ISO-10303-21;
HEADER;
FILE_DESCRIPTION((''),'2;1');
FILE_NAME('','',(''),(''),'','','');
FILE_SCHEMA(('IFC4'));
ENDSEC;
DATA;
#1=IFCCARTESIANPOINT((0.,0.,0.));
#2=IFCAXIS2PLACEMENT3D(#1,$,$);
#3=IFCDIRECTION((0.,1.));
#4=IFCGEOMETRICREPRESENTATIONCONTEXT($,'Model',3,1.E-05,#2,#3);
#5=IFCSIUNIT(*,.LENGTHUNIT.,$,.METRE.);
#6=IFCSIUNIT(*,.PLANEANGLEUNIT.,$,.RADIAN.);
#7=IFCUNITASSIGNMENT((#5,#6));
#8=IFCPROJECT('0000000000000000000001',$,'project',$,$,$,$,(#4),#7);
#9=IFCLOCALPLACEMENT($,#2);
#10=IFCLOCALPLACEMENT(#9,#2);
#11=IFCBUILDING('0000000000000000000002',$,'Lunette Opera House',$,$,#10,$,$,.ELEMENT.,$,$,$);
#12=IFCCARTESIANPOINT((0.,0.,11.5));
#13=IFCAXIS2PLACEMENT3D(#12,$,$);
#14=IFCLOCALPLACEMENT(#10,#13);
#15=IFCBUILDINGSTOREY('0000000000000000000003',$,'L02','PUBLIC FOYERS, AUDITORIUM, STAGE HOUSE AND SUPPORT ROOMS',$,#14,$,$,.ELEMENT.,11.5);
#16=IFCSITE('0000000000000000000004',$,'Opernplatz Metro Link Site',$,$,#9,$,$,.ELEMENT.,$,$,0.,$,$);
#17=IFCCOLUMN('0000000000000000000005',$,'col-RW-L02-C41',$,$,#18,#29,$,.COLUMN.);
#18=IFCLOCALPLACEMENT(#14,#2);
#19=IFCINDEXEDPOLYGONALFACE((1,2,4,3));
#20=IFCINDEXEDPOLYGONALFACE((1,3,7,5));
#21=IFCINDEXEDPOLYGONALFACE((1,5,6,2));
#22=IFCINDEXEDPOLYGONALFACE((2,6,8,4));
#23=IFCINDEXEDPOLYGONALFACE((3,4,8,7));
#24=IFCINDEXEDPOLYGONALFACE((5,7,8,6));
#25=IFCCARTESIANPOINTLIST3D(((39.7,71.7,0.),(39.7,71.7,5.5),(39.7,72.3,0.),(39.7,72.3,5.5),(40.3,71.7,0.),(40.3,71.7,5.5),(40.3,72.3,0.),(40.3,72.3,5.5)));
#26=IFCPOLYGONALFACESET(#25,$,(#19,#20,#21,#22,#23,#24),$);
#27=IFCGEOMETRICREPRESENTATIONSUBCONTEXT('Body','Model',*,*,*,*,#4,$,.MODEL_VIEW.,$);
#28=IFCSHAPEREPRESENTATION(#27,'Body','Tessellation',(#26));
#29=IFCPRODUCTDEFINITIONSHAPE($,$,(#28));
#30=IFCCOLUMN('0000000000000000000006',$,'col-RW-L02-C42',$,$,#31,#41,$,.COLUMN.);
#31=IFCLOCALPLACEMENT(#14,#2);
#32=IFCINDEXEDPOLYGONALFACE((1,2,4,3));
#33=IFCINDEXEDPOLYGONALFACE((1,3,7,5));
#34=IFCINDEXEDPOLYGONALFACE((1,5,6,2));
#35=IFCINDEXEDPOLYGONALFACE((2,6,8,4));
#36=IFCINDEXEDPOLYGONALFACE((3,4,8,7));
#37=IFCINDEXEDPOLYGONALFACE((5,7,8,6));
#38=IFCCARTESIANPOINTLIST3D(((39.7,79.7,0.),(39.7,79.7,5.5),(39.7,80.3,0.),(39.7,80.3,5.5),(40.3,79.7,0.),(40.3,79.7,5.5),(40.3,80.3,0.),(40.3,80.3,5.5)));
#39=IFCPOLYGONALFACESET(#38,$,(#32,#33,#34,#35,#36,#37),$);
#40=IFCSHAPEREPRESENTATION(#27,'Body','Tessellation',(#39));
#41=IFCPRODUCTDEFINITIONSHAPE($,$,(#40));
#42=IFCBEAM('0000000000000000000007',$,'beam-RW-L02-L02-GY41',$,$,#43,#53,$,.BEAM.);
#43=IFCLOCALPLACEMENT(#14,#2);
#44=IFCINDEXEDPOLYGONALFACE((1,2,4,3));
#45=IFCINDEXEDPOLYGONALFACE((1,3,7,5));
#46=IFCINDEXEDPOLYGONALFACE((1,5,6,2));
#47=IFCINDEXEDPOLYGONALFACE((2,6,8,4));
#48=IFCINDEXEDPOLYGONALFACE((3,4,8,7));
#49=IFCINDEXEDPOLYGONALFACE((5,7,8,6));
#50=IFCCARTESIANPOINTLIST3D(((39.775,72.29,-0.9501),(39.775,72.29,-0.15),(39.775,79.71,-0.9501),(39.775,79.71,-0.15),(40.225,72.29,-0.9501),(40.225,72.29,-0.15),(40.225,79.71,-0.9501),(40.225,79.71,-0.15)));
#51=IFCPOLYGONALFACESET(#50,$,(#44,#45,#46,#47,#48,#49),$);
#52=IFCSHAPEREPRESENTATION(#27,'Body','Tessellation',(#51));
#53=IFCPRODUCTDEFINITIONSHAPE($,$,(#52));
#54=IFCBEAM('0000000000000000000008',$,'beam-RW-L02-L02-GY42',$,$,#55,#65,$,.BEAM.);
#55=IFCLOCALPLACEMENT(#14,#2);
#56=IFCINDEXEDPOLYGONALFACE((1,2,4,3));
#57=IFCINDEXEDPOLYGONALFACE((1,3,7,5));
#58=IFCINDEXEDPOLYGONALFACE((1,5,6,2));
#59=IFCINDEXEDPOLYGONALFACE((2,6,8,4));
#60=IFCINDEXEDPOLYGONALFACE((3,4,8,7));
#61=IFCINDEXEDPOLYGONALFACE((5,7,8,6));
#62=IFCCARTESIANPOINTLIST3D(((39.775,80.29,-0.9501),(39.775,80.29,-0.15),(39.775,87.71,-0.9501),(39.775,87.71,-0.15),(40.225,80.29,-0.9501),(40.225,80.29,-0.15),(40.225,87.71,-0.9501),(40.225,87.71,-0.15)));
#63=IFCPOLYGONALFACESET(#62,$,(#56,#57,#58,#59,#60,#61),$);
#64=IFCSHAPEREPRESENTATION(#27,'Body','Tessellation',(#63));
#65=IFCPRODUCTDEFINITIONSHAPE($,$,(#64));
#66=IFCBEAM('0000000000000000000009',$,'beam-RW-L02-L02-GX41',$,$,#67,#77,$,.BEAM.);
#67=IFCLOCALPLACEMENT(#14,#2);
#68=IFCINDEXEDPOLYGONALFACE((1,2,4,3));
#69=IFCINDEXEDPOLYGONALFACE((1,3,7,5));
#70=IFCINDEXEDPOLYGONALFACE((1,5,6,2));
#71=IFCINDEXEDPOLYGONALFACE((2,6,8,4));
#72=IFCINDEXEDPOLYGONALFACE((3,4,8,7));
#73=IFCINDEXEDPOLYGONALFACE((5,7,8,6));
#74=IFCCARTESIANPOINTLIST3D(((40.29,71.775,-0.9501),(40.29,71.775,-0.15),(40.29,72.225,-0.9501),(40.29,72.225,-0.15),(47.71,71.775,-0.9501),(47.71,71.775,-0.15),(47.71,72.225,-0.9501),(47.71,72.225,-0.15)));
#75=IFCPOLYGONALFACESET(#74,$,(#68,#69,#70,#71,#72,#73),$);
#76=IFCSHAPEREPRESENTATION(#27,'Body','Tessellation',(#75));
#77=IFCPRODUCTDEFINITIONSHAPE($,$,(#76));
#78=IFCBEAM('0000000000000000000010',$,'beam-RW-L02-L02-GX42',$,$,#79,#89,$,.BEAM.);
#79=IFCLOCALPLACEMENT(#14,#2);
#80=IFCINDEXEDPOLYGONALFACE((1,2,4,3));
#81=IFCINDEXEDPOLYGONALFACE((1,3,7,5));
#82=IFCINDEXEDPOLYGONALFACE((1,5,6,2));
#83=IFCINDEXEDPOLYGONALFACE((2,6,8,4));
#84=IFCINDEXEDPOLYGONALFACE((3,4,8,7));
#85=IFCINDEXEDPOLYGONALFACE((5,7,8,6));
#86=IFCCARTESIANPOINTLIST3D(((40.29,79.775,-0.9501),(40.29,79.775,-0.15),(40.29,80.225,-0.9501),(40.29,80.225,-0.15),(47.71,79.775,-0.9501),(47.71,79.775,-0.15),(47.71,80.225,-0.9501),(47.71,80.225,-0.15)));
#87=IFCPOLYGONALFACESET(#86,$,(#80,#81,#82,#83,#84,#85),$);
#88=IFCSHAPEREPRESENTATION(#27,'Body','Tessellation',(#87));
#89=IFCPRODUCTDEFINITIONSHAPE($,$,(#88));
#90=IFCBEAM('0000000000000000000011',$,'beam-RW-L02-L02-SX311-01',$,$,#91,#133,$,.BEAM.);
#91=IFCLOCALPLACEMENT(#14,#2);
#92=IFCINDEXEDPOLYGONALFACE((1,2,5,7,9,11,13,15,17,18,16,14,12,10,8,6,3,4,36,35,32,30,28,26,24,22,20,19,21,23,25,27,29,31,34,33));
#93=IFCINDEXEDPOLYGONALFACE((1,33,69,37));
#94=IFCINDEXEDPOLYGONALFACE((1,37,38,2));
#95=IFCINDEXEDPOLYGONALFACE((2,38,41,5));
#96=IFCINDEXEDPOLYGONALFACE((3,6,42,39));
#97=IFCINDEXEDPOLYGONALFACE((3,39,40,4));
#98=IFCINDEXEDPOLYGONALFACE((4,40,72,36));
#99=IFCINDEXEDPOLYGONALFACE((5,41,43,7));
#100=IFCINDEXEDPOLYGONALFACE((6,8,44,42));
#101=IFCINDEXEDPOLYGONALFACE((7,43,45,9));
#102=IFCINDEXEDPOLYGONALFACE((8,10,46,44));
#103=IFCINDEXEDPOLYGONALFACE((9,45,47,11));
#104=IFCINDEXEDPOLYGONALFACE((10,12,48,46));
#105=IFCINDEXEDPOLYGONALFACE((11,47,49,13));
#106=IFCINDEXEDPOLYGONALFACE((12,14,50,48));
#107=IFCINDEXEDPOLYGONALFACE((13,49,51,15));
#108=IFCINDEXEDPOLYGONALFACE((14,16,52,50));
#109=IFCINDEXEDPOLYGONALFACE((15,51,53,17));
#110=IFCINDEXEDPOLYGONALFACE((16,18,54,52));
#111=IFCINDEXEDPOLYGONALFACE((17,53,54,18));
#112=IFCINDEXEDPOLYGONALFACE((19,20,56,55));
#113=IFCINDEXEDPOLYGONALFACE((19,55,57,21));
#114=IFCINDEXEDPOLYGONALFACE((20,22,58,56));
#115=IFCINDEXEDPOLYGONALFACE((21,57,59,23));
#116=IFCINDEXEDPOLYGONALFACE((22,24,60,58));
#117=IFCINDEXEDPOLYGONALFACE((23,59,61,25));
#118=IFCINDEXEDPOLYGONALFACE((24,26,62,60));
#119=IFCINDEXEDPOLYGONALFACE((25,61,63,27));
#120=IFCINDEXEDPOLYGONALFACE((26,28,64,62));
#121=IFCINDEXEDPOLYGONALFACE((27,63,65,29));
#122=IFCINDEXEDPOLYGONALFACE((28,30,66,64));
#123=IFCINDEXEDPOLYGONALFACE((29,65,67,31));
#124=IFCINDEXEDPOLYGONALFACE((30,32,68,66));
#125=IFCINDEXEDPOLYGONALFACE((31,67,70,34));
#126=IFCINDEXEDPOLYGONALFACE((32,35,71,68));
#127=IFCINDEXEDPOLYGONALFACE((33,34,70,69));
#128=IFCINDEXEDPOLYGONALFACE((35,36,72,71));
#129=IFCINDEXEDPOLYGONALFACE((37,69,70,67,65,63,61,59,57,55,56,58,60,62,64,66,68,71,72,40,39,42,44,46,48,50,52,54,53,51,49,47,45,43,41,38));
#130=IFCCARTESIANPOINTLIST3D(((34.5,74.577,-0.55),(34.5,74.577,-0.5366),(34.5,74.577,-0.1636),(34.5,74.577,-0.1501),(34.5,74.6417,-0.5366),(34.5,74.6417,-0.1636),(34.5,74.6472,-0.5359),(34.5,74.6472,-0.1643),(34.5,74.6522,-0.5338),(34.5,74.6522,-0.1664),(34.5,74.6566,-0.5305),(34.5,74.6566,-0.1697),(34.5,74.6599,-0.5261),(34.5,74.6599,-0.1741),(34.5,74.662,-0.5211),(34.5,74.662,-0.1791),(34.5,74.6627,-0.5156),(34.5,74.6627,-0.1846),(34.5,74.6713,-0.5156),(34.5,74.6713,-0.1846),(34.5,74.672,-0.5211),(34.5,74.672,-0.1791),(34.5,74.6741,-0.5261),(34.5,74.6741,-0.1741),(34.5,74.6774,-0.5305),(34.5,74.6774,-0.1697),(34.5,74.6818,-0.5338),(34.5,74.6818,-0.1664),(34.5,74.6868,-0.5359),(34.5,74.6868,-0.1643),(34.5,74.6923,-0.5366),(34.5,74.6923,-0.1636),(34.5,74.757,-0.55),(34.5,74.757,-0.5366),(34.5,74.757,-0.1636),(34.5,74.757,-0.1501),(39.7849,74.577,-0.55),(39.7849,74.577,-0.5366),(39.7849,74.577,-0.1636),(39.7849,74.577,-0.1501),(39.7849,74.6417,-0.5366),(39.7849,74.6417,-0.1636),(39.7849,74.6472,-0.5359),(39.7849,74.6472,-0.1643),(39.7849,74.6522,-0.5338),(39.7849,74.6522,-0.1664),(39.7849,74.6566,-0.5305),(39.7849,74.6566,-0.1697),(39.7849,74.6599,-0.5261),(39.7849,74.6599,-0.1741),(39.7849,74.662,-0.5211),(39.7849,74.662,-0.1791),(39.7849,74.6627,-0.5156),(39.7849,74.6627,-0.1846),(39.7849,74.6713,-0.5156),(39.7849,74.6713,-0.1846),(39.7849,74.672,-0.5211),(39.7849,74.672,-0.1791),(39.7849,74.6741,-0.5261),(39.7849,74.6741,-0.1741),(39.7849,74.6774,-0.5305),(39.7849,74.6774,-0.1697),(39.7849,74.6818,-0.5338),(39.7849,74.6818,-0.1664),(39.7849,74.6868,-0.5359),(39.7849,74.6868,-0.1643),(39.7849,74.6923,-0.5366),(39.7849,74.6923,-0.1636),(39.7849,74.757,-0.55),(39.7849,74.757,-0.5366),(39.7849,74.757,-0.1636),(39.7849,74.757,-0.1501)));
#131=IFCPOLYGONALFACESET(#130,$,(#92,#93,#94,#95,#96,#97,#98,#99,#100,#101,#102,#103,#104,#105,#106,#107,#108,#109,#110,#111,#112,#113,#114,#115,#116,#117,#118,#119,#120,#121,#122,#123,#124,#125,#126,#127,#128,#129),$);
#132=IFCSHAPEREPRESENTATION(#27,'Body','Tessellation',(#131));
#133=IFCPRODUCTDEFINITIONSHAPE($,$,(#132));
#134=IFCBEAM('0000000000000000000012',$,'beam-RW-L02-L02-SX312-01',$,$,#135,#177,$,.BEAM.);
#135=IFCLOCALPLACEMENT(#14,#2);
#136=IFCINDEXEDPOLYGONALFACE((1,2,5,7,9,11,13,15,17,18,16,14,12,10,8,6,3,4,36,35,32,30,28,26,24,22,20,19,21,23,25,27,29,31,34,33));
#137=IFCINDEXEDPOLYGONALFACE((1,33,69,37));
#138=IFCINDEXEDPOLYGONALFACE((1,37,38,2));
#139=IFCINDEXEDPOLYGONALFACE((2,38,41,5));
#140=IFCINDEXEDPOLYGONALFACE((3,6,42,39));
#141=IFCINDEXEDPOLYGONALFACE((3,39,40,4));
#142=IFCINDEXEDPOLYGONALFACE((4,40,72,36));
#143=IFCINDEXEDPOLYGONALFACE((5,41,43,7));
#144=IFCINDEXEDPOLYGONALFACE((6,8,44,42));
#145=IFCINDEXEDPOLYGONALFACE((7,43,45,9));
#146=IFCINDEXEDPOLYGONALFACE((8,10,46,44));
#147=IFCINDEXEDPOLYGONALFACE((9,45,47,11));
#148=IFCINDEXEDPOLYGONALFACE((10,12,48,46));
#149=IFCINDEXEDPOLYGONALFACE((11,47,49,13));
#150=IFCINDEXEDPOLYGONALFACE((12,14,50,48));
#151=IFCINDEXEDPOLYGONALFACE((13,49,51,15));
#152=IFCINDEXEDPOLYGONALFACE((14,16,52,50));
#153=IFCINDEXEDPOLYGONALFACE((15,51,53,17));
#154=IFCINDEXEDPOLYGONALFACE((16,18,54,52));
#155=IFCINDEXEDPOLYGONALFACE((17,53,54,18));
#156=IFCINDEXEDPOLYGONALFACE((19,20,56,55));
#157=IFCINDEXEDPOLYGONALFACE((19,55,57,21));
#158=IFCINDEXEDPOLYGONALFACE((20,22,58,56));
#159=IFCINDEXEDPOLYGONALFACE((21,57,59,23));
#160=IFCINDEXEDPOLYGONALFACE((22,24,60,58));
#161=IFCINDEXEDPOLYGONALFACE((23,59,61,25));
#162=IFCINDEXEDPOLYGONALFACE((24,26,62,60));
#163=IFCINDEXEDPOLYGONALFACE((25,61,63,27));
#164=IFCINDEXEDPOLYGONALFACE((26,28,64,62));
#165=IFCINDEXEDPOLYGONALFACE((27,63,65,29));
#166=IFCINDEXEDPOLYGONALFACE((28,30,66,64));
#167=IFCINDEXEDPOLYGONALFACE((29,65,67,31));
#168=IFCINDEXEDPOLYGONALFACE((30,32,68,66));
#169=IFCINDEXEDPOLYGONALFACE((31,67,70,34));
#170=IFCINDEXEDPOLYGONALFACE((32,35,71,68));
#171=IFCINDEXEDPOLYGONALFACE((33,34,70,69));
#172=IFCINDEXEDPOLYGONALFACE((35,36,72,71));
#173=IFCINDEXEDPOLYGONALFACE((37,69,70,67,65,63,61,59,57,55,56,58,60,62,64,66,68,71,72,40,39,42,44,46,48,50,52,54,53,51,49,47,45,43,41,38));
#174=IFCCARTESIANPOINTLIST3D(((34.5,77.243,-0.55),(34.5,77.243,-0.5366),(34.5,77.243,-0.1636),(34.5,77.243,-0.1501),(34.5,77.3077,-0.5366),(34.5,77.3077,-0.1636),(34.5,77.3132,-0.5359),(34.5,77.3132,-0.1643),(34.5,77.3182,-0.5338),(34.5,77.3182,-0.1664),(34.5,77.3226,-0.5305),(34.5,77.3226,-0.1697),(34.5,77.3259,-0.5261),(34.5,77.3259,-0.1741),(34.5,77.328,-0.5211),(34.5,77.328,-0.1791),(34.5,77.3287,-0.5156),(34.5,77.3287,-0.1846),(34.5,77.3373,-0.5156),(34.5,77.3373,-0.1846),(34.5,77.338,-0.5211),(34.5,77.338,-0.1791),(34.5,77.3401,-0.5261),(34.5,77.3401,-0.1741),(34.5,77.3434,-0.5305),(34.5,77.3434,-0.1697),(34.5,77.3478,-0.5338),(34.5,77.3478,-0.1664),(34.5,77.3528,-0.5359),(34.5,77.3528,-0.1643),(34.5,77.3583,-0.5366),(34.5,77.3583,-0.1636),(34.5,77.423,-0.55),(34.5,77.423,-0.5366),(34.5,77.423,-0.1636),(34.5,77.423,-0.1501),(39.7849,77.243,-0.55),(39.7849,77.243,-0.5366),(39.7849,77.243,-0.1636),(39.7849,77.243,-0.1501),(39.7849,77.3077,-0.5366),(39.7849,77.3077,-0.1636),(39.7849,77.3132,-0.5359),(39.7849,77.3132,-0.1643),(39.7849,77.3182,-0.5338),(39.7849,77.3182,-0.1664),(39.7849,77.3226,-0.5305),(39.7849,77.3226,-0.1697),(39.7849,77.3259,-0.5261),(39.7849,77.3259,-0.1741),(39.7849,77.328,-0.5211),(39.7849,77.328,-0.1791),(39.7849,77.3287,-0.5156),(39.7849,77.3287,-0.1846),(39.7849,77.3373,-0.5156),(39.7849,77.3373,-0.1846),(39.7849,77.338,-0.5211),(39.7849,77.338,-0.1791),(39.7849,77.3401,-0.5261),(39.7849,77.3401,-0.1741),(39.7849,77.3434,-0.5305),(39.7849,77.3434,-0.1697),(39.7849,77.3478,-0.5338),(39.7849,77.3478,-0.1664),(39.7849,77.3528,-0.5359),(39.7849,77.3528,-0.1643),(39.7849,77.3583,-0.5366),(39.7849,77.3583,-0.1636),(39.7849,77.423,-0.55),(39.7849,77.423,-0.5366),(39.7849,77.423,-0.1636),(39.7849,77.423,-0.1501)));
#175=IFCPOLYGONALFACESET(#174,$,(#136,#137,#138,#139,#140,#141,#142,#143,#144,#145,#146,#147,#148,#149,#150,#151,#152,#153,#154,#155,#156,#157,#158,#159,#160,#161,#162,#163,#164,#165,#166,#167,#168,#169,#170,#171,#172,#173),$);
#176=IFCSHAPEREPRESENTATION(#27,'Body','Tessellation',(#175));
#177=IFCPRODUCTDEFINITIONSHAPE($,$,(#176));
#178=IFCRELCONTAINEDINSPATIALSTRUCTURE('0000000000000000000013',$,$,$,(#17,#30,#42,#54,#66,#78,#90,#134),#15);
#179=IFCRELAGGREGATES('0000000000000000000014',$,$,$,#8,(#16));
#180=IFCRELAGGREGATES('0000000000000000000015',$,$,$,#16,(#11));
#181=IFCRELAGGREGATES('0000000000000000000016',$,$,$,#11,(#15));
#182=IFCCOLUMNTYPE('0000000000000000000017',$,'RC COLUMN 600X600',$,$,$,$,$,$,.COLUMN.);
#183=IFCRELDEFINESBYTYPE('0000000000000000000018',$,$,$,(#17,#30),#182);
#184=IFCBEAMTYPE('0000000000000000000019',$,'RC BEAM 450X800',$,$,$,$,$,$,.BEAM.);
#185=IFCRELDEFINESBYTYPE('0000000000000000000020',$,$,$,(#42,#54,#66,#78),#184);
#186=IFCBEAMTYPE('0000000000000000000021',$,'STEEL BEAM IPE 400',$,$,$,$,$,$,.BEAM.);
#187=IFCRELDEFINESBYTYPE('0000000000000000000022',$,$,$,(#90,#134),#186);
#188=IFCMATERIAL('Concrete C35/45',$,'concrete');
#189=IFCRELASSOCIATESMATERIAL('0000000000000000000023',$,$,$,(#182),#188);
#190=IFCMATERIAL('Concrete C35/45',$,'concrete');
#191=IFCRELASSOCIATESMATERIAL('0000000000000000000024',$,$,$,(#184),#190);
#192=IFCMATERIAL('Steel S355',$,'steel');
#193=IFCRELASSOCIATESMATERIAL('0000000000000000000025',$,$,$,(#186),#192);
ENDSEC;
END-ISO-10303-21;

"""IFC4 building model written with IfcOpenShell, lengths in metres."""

from ifc_helpers import new_model, si_unit, direction, frame, origin, origin_2d, place, context, subcontext, project, spatial, rectangle, i_section, extrude, material, material_profile, profile_set, type_object, element, save


model = new_model("IFC4")

# Units and contexts
model_context = context("Model", 3, precision=1e-05, world=origin(), true_north=direction((0.0, 1.0)))
body_context = subcontext(model_context, "Body", "Model", "MODEL_VIEW")
ifc_project = project(units=[si_unit("LENGTHUNIT", "METRE"), si_unit("PLANEANGLEUNIT", "RADIAN")], contexts=[model_context])

# Site, building, storey
site_placement = place(None, origin())
site = spatial("IfcSite", under=ifc_project, at=site_placement, Name="Opernplatz Metro Link Site", CompositionType="ELEMENT", RefElevation=0.0)
building_placement = place(site_placement, origin())
building = spatial("IfcBuilding", under=site, at=building_placement, Name="Lunette Opera House", CompositionType="ELEMENT")
storey_placement = place(building_placement, frame((0.0, 0.0, 11.5)))
storey = spatial("IfcBuildingStorey", under=building, at=storey_placement, Name="L02", Description="PUBLIC FOYERS, AUDITORIUM, STAGE HOUSE AND SUPPORT ROOMS", CompositionType="ELEMENT", Elevation=11.5)

# Columns
ifc_material_1 = material(Name="Concrete C35/45", Category="concrete")
ifc_material_profile_1 = material_profile(ifc_material_1, rectangle(XDim=0.6001, YDim=0.6001, at=origin_2d()), Name="RC COLUMN 600X600")
ifc_profile_set_1 = profile_set([ifc_material_profile_1], Name="Concrete C35/45")
column_type = type_object("IfcColumnType", Name="RC COLUMN 600X600", PredefinedType="COLUMN", material=ifc_profile_set_1)
for number, where, z_axis, x_axis, name in (
    (1, (40.0, 72.0, 0.0), (0.0, 0.0, 1.0), (1.0, 0.0, 0.0), "col-RW-L02-C41"),
    (2, (40.0, 80.0, 0.0), (0.0, 0.0, 1.0), (1.0, 0.0, 0.0), "col-RW-L02-C42"),
):
    element("IfcColumn", number, at=place(storey_placement, frame(where, z_axis=z_axis, x_axis=x_axis)), inside=storey, type_object=column_type, Name=name, PredefinedType="COLUMN", context=body_context, shape_type="SweptSolid", body=[
        extrude(rectangle(XDim=0.6001, YDim=0.6001, at=origin_2d()), origin(), (0.0, 0.0, 1.0), 5.5),
    ])

# Beams
ifc_material_2 = material(Name="Concrete C35/45", Category="concrete")
ifc_material_profile_2 = material_profile(ifc_material_2, rectangle(XDim=0.45, YDim=0.8, at=origin_2d()), Name="RC BEAM 450X800")
ifc_profile_set_2 = profile_set([ifc_material_profile_2], Name="Concrete C35/45")
beam_type_1 = type_object("IfcBeamType", Name="RC BEAM 450X800", PredefinedType="BEAM", material=ifc_profile_set_2)
for number, where, z_axis, x_axis, name in (
    (3, (40.0, 72.29, -0.55), (0.0, 1.0, 0.0), (-1.0, 0.0, 0.0), "beam-RW-L02-L02-GY41"),
    (4, (40.0, 80.29, -0.55), (0.0, 1.0, 0.0), (-1.0, 0.0, 0.0), "beam-RW-L02-L02-GY42"),
    (5, (40.29, 72.0, -0.55), (1.0, 0.0, 0.0), (0.0, 1.0, 0.0), "beam-RW-L02-L02-GX41"),
    (6, (40.29, 80.0, -0.55), (1.0, 0.0, 0.0), (0.0, 1.0, 0.0), "beam-RW-L02-L02-GX42"),
):
    element("IfcBeam", number, at=place(storey_placement, frame(where, z_axis=z_axis, x_axis=x_axis)), inside=storey, type_object=beam_type_1, Name=name, PredefinedType="BEAM", context=body_context, shape_type="SweptSolid", body=[
        extrude(rectangle(XDim=0.45, YDim=0.8, at=origin_2d()), origin(), (0.0, 0.0, 1.0), 7.4199),
    ])
ifc_material_3 = material(Name="Steel S355", Category="steel")
ifc_material_profile_3 = material_profile(ifc_material_3, i_section(OverallWidth=0.1799, OverallDepth=0.3999, WebThickness=0.0085, FlangeThickness=0.0134, FilletRadius=0.021, at=origin_2d()), Name="IPE 400")
ifc_profile_set_3 = profile_set([ifc_material_profile_3], Name="Steel S355")
beam_type_2 = type_object("IfcBeamType", Name="STEEL BEAM IPE 400", PredefinedType="BEAM", material=ifc_profile_set_3)
for number, where, z_axis, x_axis, name in (
    (7, (34.5, 74.667, -0.3501), (1.0, 0.0, 0.0), (0.0, 1.0, 0.0), "beam-RW-L02-L02-SX311-01"),
    (8, (34.5, 77.333, -0.3501), (1.0, 0.0, 0.0), (0.0, 1.0, 0.0), "beam-RW-L02-L02-SX312-01"),
):
    element("IfcBeam", number, at=place(storey_placement, frame(where, z_axis=z_axis, x_axis=x_axis)), inside=storey, type_object=beam_type_2, Name=name, PredefinedType="BEAM", context=body_context, shape_type="SweptSolid", body=[
        extrude(i_section(OverallWidth=0.1799, OverallDepth=0.3999, WebThickness=0.0085, FlangeThickness=0.0134, FilletRadius=0.021, at=origin_2d()), origin(), (0.0, 0.0, 1.0), 5.2849),
    ])

save(model, "model.ifc")
